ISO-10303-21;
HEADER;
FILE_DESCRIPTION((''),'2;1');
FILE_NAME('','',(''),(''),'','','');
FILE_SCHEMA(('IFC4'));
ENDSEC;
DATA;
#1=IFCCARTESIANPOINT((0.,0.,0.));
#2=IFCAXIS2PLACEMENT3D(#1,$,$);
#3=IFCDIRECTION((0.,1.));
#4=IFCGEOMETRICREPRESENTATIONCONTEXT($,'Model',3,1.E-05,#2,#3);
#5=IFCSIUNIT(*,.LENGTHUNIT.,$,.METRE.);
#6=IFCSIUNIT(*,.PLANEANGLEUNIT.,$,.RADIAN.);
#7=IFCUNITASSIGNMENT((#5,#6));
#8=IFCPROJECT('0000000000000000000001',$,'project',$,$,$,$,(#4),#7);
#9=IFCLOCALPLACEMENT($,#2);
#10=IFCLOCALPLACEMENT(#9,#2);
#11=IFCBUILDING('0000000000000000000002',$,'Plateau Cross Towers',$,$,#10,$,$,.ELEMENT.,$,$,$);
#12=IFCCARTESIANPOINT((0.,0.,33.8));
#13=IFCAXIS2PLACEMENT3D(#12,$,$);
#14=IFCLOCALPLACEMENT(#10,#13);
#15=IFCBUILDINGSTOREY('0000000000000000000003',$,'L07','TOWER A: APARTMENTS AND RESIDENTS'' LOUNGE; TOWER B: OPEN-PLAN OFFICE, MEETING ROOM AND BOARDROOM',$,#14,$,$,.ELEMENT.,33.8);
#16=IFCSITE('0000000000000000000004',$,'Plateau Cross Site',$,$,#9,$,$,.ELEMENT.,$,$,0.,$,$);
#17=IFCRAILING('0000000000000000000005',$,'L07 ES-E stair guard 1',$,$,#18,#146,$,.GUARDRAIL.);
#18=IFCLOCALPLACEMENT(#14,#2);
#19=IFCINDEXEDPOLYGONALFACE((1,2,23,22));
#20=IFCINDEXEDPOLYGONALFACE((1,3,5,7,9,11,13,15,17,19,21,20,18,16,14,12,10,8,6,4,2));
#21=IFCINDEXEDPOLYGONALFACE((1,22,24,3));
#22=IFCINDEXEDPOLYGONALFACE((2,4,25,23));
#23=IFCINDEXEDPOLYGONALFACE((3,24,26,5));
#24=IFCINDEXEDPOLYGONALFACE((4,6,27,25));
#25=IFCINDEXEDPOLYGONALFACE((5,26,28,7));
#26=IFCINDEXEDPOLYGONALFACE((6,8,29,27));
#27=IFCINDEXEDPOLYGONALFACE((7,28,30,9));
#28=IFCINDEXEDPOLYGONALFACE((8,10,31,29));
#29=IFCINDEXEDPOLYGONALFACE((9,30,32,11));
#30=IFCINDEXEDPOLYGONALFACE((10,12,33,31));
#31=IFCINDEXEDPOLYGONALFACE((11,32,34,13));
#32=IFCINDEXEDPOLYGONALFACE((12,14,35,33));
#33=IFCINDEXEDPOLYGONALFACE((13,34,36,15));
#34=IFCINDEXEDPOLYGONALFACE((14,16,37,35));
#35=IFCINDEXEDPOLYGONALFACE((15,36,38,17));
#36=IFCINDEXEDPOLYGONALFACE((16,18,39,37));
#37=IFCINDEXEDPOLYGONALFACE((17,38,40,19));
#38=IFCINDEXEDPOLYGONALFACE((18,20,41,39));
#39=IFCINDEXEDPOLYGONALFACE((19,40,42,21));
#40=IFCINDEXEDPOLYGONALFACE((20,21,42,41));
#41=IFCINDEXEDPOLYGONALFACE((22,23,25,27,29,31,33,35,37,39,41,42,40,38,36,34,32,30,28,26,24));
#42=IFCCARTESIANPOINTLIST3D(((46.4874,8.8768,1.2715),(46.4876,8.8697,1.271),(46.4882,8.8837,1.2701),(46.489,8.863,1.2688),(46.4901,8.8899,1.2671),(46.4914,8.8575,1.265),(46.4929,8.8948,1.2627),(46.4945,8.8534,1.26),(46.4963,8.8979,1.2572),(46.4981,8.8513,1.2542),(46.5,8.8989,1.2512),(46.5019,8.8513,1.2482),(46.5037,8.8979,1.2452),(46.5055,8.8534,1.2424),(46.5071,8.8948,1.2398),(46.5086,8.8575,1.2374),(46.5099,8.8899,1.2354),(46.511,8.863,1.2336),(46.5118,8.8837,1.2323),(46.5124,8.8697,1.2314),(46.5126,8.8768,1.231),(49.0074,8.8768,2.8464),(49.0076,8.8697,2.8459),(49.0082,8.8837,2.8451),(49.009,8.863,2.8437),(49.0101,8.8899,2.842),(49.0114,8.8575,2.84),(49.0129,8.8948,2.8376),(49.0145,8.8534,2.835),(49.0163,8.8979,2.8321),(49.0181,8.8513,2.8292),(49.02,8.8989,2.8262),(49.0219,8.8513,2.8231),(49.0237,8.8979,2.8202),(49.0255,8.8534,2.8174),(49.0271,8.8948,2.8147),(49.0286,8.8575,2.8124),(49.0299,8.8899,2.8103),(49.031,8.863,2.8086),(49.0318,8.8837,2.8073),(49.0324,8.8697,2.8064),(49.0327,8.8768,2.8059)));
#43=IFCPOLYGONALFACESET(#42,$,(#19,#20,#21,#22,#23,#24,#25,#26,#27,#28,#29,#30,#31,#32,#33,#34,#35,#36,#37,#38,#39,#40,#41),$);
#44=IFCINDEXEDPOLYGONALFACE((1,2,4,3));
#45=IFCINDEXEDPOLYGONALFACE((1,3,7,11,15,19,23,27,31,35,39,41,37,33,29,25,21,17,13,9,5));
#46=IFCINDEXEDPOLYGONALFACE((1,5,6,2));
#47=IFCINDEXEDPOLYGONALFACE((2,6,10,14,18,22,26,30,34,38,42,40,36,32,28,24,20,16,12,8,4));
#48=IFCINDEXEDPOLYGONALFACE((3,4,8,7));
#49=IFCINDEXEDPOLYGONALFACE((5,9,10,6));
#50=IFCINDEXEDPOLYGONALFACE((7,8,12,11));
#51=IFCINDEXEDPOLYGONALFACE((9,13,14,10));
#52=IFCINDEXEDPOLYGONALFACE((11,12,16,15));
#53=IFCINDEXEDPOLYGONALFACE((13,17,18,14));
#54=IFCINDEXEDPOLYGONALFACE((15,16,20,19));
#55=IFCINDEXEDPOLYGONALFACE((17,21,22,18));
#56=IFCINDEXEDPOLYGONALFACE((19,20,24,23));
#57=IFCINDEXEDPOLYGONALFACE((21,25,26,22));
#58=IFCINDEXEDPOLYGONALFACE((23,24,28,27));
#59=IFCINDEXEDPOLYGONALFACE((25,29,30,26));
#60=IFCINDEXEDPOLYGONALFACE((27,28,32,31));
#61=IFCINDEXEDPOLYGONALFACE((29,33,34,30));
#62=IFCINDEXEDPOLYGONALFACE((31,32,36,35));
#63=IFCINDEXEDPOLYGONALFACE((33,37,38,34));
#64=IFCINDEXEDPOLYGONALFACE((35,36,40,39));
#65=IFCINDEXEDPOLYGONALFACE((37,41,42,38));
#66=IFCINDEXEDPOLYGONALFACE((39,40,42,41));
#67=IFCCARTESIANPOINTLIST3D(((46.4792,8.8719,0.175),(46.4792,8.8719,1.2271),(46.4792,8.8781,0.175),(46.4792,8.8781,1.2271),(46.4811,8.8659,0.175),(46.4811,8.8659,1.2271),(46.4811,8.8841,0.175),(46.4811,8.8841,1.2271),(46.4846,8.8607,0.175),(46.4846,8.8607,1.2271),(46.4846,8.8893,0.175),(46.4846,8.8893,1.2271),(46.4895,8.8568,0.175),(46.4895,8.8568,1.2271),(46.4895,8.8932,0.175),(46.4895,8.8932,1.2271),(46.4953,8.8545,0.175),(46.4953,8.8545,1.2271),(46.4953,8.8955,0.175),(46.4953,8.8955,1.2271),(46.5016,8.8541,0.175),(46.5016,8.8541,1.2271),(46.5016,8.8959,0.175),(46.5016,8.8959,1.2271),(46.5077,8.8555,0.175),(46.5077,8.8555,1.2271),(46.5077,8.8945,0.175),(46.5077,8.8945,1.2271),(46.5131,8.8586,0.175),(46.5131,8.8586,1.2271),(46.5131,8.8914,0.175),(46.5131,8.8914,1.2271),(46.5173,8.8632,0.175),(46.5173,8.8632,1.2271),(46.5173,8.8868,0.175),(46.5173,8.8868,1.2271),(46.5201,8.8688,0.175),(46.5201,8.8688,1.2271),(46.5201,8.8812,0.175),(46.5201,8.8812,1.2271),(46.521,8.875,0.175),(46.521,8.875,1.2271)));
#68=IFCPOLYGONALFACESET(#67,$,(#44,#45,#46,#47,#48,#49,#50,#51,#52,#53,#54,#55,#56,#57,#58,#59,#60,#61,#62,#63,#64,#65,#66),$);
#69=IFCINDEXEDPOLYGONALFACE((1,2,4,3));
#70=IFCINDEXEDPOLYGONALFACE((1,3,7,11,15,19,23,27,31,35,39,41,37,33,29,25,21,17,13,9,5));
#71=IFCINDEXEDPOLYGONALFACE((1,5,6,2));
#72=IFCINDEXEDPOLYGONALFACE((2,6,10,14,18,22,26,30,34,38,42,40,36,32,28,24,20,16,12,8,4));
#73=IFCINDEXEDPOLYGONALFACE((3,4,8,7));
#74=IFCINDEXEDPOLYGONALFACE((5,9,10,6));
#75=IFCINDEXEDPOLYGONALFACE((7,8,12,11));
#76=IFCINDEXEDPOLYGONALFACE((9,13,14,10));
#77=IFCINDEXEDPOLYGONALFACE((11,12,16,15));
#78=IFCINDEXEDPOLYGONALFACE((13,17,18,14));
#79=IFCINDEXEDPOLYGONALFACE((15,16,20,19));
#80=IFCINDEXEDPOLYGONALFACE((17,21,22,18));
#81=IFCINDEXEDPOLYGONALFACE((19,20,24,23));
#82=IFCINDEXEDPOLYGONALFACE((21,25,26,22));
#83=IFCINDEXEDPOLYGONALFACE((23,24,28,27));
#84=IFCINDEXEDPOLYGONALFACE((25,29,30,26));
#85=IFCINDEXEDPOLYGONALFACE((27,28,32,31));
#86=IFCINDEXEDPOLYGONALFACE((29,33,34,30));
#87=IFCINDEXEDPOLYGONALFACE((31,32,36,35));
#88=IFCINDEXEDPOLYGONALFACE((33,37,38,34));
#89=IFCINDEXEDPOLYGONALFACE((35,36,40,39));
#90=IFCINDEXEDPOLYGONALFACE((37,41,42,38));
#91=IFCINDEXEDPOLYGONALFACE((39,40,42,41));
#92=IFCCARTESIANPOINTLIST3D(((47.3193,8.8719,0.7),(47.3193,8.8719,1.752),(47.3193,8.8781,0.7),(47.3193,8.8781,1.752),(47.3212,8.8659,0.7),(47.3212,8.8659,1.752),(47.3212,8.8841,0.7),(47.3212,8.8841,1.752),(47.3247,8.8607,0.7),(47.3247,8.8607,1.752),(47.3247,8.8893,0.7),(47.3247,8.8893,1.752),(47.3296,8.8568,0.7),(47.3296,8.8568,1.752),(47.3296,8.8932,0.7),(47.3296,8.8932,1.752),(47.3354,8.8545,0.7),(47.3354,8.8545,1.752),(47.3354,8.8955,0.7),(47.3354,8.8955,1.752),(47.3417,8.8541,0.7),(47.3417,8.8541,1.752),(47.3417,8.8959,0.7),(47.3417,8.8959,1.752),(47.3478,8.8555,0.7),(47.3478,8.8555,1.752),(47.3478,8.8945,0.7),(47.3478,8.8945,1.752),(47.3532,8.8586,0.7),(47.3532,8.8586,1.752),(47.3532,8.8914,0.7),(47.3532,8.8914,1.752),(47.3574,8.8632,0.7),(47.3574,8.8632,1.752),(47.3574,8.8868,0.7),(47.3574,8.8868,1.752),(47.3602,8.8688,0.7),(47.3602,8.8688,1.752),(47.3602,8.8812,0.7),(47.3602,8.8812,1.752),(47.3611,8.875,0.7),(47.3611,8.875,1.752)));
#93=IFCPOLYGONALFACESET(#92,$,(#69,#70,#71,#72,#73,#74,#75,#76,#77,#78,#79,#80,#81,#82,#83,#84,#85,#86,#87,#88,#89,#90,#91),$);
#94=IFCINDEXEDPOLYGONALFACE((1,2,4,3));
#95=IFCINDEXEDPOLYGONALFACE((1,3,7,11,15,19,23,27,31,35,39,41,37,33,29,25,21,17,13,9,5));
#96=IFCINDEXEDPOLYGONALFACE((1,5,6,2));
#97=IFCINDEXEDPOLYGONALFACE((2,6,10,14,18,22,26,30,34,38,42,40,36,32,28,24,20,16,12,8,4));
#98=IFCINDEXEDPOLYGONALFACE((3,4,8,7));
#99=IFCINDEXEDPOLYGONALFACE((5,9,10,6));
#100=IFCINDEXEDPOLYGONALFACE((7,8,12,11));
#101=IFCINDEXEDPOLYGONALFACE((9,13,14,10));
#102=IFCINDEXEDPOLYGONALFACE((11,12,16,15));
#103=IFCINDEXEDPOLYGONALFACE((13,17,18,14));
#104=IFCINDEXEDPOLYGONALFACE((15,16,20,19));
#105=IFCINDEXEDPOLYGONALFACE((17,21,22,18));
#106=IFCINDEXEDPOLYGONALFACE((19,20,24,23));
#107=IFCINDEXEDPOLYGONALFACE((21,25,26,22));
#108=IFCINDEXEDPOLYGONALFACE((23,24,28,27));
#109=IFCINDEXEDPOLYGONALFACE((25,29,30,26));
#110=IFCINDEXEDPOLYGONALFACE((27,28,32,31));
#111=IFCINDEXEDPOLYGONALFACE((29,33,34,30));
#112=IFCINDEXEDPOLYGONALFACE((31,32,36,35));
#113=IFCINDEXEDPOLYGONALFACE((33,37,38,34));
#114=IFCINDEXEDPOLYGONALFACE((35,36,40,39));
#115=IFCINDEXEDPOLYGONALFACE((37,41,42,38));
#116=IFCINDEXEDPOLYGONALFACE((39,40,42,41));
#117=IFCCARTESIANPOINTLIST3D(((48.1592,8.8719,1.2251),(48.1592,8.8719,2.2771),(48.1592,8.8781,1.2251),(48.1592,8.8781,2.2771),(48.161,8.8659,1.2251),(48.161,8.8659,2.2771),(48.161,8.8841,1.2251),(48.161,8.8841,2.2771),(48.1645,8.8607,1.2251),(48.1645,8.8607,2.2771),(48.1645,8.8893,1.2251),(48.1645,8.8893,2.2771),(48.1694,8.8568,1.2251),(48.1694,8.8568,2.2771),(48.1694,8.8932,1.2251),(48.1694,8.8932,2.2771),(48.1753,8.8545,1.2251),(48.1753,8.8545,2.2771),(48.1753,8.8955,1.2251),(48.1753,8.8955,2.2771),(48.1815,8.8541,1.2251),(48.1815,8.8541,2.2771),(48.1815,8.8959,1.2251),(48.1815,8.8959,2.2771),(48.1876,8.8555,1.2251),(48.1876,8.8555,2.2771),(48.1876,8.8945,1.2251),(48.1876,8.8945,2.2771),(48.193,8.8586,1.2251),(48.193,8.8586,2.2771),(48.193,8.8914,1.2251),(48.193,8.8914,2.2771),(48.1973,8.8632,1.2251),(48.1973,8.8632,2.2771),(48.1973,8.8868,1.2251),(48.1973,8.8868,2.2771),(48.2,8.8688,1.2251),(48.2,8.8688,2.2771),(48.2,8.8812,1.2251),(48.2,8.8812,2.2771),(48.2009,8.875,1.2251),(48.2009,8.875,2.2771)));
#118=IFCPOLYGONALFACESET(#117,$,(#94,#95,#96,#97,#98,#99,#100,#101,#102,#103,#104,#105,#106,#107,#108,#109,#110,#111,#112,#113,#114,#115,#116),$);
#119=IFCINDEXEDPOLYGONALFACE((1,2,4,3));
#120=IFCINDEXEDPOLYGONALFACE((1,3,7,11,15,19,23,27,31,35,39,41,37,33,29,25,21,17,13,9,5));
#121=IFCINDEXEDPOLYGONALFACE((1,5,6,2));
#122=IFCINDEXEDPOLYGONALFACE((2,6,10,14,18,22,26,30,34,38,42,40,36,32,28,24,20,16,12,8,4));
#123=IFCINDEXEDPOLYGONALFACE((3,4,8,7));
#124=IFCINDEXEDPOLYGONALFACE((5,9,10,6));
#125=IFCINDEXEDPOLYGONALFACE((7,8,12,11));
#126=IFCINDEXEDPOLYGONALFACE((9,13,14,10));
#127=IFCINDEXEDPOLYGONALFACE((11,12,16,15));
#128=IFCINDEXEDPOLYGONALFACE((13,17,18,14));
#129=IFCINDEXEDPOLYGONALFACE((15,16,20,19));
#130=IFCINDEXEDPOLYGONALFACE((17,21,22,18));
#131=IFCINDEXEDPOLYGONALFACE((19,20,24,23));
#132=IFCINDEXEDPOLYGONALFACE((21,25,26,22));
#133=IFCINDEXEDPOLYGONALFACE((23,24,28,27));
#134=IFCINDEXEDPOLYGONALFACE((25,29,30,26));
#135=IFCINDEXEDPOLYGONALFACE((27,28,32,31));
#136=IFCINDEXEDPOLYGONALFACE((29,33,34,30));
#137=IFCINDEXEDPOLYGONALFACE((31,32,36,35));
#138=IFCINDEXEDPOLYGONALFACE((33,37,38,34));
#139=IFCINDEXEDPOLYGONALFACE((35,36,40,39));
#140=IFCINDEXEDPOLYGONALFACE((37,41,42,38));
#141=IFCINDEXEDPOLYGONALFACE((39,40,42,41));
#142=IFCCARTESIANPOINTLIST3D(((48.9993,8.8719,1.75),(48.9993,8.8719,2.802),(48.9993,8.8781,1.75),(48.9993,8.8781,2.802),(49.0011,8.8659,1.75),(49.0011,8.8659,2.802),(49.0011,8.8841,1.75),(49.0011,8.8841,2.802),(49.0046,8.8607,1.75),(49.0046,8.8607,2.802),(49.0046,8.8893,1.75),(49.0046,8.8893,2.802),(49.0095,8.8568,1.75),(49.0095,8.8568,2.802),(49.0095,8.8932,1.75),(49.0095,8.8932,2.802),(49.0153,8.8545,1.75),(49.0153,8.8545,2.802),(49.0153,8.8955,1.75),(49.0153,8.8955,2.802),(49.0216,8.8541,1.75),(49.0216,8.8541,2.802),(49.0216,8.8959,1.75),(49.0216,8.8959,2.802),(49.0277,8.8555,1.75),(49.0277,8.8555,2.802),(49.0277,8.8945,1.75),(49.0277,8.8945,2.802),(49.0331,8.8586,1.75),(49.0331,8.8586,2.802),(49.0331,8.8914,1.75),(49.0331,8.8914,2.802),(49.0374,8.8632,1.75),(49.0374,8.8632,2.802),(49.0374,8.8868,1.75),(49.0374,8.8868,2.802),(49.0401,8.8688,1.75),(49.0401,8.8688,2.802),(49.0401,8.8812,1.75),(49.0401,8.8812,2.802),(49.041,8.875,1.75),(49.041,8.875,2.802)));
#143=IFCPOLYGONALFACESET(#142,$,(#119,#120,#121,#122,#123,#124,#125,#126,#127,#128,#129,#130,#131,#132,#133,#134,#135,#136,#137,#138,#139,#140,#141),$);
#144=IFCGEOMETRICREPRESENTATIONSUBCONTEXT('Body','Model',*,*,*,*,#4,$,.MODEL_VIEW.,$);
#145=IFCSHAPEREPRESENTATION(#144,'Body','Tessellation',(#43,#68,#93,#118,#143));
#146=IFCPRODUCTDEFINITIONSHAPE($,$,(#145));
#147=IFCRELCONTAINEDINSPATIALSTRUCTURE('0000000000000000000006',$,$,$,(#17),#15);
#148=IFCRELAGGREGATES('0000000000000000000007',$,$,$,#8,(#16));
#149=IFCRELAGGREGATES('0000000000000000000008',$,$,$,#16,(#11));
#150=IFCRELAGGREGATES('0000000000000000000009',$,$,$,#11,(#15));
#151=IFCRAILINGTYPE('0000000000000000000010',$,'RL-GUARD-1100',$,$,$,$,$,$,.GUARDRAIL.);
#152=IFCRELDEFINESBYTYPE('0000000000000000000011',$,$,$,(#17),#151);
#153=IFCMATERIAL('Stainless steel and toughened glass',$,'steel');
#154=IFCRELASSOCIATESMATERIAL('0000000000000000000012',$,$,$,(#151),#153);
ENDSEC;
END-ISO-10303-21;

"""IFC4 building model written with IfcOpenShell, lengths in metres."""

from ifc_helpers import new_model, si_unit, direction, frame, origin, origin_2d, place, context, subcontext, project, spatial, circle, extrude, material, type_object, element, save


model = new_model("IFC4")

# Units and contexts
model_context = context("Model", 3, precision=1e-05, world=origin(), true_north=direction((0.0, 1.0)))
body_context = subcontext(model_context, "Body", "Model", "MODEL_VIEW")
ifc_project = project(units=[si_unit("LENGTHUNIT", "METRE"), si_unit("PLANEANGLEUNIT", "RADIAN")], contexts=[model_context])

# Site, building, storey
site_placement = place(None, origin())
site = spatial("IfcSite", under=ifc_project, at=site_placement, Name="Plateau Cross Site", CompositionType="ELEMENT", RefElevation=0.0)
building_placement = place(site_placement, origin())
building = spatial("IfcBuilding", under=site, at=building_placement, Name="Plateau Cross Towers", CompositionType="ELEMENT")
storey_placement = place(building_placement, frame((0.0, 0.0, 33.8)))
storey = spatial("IfcBuildingStorey", under=building, at=storey_placement, Name="L07", Description="TOWER A: APARTMENTS AND RESIDENTS' LOUNGE; TOWER B: OPEN-PLAN OFFICE, MEETING ROOM AND BOARDROOM", CompositionType="ELEMENT", Elevation=33.8)

# Railing
ifc_material_1 = material(Name="Stainless steel and toughened glass", Category="steel")
railing_type_1 = type_object("IfcRailingType", Name="RL-GUARD-1100", PredefinedType="GUARDRAIL", material=ifc_material_1)
railing_1_placement = place(storey_placement, frame((46.5, 8.875, 0.175)))
element("IfcRailing", 1, at=railing_1_placement, inside=storey, type_object=railing_type_1, Name="L07 ES-E stair guard 1", PredefinedType="GUARDRAIL", context=body_context, shape_type="SweptSolid", body=[
    extrude(circle(Radius=0.0239, at=origin_2d()), frame((0.0, 0.0, 1.0762), z_axis=(0.848008, 0.0, 0.529984), x_axis=(0.0, 1.0, 0.0)), (0.0, 0.0, 1.0), 2.9717),
    extrude(circle(Radius=0.021, at=origin_2d()), origin(), (0.0, 0.0, 1.0), 1.052),
    extrude(circle(Radius=0.021, at=origin_2d()), frame((0.8401, 0.0, 0.5249)), (0.0, 0.0, 1.0), 1.052),
    extrude(circle(Radius=0.021, at=origin_2d()), frame((1.6799, 0.0, 1.05)), (0.0, 0.0, 1.0), 1.052),
    extrude(circle(Radius=0.021, at=origin_2d()), frame((2.52, 0.0, 1.575)), (0.0, 0.0, 1.0), 1.052),
])

save(model, "model.ifc")
